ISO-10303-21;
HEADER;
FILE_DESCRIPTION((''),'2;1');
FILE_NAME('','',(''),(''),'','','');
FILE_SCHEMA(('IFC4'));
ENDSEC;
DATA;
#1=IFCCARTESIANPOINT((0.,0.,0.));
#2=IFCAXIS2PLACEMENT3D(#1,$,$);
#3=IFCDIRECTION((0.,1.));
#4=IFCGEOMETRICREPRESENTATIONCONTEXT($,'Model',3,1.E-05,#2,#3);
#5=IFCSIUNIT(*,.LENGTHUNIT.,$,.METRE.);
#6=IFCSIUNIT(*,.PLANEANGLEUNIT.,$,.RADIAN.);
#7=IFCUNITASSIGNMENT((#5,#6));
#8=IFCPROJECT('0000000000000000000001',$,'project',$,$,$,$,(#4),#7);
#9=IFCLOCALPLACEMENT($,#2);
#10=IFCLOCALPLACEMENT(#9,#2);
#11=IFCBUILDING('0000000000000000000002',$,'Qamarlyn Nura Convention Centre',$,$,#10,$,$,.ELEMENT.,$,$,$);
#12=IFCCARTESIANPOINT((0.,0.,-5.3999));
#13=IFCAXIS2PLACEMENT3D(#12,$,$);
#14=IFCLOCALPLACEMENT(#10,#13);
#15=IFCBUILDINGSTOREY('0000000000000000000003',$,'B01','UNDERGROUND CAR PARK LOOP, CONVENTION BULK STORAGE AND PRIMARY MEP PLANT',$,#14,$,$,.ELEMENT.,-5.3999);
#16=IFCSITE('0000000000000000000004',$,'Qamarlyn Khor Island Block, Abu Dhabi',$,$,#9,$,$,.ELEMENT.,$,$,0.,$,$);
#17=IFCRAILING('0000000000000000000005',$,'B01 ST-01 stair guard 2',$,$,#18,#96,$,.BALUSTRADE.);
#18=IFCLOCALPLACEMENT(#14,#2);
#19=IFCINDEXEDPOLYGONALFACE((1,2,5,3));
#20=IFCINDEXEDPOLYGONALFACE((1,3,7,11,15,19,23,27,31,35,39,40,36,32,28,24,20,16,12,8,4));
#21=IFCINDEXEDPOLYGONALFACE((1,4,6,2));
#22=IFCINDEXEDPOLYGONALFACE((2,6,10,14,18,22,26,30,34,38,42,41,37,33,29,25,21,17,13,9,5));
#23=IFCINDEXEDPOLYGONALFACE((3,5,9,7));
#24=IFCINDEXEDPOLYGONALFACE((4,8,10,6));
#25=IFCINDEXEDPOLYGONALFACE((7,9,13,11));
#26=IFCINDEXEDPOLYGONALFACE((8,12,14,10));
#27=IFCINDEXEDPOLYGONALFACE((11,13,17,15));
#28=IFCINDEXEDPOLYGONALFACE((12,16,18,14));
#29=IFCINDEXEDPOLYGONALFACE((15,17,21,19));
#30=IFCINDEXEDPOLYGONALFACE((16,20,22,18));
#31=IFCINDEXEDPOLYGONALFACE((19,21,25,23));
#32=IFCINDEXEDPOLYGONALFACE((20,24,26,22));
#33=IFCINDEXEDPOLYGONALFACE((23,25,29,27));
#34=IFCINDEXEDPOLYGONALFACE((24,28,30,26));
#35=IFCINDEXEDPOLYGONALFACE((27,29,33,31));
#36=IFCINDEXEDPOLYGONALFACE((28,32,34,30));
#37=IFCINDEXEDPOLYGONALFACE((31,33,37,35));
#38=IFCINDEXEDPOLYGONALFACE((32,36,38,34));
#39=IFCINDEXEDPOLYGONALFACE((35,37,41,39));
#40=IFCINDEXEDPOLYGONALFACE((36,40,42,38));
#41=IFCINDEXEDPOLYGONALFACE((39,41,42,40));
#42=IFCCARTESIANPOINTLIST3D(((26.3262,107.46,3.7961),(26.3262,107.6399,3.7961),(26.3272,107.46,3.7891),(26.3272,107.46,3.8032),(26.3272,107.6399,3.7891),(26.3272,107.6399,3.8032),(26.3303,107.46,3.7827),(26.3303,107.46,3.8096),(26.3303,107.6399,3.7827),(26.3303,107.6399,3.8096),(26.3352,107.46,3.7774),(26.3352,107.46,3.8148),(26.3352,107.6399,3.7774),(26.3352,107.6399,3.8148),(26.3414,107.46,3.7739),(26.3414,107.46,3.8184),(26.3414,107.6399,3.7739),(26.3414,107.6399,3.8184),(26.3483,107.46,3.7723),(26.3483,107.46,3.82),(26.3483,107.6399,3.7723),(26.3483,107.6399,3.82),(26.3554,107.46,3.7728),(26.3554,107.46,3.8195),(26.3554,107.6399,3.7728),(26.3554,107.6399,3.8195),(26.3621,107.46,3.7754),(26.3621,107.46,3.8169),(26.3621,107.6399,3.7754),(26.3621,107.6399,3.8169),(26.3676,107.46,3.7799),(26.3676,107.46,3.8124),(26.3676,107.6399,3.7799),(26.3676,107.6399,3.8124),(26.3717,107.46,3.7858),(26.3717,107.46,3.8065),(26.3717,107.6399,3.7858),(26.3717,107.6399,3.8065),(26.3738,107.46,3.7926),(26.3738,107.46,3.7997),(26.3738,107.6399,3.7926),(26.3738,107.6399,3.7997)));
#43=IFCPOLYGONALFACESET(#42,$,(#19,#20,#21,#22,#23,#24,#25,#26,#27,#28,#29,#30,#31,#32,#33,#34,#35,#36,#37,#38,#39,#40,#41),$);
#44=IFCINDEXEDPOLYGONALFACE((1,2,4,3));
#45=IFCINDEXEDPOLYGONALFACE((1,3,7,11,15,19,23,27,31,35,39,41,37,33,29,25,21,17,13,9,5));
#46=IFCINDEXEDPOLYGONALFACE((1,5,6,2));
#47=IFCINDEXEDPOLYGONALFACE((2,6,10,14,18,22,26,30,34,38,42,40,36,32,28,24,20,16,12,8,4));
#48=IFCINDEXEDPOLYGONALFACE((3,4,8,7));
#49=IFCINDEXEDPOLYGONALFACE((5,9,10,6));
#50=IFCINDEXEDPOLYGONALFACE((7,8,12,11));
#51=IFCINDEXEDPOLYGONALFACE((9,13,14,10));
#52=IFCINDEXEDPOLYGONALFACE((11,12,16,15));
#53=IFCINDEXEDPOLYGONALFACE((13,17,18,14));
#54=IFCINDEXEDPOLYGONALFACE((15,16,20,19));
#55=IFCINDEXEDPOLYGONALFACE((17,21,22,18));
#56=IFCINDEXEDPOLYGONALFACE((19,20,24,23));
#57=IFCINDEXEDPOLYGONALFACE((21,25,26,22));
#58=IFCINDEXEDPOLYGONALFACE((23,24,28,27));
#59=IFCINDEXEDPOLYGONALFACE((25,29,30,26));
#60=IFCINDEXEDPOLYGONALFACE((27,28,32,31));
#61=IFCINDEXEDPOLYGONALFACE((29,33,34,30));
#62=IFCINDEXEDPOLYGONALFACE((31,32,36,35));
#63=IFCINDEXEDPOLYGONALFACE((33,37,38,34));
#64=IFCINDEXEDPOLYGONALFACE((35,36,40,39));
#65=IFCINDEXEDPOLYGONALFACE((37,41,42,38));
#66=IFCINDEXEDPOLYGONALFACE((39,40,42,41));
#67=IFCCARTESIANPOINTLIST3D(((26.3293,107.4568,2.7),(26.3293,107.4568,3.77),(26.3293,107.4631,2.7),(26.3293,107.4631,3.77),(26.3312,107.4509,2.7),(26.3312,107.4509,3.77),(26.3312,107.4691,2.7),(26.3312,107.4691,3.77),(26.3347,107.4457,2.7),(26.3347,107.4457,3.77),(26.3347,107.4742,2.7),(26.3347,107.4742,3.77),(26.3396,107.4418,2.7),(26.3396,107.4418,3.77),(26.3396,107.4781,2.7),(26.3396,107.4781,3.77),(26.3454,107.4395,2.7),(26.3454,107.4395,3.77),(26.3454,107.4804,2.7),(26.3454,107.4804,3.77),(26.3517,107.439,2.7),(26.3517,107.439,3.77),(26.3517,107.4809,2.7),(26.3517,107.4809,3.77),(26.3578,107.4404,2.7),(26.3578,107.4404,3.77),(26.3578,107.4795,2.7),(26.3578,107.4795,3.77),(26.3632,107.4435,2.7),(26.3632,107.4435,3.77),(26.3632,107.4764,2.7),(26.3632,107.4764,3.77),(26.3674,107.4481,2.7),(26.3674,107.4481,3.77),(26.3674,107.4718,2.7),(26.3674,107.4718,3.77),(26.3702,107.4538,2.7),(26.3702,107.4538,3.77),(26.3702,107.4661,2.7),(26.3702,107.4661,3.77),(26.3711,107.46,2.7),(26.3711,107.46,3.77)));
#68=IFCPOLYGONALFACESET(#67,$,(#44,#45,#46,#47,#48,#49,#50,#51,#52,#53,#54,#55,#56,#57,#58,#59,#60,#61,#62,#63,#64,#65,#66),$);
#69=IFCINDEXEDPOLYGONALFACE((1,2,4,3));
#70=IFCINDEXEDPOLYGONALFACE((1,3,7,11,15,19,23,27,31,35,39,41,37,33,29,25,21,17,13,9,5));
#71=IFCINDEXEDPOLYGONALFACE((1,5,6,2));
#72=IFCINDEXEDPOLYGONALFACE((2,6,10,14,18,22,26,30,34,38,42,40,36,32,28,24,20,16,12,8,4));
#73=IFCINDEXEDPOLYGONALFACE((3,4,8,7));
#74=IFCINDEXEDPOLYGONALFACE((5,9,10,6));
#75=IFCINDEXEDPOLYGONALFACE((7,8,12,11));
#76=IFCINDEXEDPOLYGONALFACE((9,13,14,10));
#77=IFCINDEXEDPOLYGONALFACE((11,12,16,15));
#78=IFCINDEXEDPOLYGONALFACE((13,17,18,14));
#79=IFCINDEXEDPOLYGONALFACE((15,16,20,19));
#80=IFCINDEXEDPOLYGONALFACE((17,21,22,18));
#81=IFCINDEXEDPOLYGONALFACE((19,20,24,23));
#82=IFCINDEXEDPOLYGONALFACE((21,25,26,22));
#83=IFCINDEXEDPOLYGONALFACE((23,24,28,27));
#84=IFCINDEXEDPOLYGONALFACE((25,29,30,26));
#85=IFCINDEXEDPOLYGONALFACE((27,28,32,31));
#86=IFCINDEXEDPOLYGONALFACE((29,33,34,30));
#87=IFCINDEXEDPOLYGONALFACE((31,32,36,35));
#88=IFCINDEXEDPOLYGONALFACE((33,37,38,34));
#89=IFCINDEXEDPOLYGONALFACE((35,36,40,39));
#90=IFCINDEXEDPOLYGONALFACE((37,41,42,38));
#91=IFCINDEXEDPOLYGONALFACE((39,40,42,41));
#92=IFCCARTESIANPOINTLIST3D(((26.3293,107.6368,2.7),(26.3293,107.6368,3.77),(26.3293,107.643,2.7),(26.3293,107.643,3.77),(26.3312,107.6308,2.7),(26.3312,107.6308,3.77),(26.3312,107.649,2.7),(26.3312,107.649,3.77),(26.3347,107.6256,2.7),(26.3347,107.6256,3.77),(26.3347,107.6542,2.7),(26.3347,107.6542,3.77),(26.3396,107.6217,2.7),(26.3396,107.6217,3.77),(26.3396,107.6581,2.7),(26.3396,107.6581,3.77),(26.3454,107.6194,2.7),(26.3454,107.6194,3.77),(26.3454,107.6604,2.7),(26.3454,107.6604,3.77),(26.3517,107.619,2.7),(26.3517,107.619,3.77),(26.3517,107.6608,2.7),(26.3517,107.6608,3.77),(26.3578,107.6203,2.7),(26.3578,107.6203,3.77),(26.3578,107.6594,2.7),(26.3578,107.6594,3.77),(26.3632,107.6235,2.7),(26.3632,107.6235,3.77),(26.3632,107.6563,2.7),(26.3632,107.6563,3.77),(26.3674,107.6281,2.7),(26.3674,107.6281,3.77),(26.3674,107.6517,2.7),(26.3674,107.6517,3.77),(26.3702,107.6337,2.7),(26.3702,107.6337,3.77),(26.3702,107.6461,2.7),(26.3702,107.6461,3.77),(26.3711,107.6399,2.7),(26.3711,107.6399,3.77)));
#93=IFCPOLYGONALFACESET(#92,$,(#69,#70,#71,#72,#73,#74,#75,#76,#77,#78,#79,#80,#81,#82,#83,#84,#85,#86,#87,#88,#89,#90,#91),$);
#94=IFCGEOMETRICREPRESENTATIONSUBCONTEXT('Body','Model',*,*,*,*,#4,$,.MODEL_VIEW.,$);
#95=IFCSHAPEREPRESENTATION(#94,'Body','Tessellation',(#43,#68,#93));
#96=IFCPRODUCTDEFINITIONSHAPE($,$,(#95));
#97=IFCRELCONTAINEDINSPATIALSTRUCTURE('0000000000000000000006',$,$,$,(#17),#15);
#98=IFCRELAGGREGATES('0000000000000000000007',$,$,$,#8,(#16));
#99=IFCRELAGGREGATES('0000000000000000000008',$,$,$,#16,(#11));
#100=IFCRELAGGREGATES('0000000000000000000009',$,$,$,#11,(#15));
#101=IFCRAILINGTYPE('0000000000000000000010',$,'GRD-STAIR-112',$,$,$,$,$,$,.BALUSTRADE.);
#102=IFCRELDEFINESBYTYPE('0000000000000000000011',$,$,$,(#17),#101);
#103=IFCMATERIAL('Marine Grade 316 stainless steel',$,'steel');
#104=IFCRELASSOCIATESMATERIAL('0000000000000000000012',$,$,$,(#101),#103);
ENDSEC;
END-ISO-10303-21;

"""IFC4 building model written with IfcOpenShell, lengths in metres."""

from ifc_helpers import new_model, si_unit, direction, frame, origin, origin_2d, place, context, subcontext, project, spatial, circle, extrude, material, type_object, element, save


model = new_model("IFC4")

# Units and contexts
model_context = context("Model", 3, precision=1e-05, world=origin(), true_north=direction((0.0, 1.0)))
body_context = subcontext(model_context, "Body", "Model", "MODEL_VIEW")
ifc_project = project(units=[si_unit("LENGTHUNIT", "METRE"), si_unit("PLANEANGLEUNIT", "RADIAN")], contexts=[model_context])

# Site, building, storey
site_placement = place(None, origin())
site = spatial("IfcSite", under=ifc_project, at=site_placement, Name="Qamarlyn Khor Island Block, Abu Dhabi", CompositionType="ELEMENT", RefElevation=0.0)
building_placement = place(site_placement, origin())
building = spatial("IfcBuilding", under=site, at=building_placement, Name="Qamarlyn Nura Convention Centre", CompositionType="ELEMENT")
storey_placement = place(building_placement, frame((0.0, 0.0, -5.3999)))
storey = spatial("IfcBuildingStorey", under=building, at=storey_placement, Name="B01", Description="UNDERGROUND CAR PARK LOOP, CONVENTION BULK STORAGE AND PRIMARY MEP PLANT", CompositionType="ELEMENT", Elevation=-5.3999)

# Railing
ifc_material_1 = material(Name="Marine Grade 316 stainless steel", Category="steel")
railing_type_1 = type_object("IfcRailingType", Name="GRD-STAIR-112", PredefinedType="BALUSTRADE", material=ifc_material_1)
railing_1_placement = place(storey_placement, frame((26.3501, 107.46, 2.7)))
element("IfcRailing", 1, at=railing_1_placement, inside=storey, type_object=railing_type_1, Name="B01 ST-01 stair guard 2", PredefinedType="BALUSTRADE", context=body_context, shape_type="SweptSolid", body=[
    extrude(circle(Radius=0.0239, at=origin_2d()), frame((0.0, 0.0, 1.0962), z_axis=(0.0, 1.0, 0.0), x_axis=(-1.0, 0.0, 0.0)), (0.0, 0.0, 1.0), 0.1799),
    extrude(circle(Radius=0.021, at=origin_2d()), origin(), (0.0, 0.0, 1.0), 1.0701),
    extrude(circle(Radius=0.021, at=origin_2d()), frame((0.0, 0.1799, 0.0)), (0.0, 0.0, 1.0), 1.0701),
])

save(model, "model.ifc")
